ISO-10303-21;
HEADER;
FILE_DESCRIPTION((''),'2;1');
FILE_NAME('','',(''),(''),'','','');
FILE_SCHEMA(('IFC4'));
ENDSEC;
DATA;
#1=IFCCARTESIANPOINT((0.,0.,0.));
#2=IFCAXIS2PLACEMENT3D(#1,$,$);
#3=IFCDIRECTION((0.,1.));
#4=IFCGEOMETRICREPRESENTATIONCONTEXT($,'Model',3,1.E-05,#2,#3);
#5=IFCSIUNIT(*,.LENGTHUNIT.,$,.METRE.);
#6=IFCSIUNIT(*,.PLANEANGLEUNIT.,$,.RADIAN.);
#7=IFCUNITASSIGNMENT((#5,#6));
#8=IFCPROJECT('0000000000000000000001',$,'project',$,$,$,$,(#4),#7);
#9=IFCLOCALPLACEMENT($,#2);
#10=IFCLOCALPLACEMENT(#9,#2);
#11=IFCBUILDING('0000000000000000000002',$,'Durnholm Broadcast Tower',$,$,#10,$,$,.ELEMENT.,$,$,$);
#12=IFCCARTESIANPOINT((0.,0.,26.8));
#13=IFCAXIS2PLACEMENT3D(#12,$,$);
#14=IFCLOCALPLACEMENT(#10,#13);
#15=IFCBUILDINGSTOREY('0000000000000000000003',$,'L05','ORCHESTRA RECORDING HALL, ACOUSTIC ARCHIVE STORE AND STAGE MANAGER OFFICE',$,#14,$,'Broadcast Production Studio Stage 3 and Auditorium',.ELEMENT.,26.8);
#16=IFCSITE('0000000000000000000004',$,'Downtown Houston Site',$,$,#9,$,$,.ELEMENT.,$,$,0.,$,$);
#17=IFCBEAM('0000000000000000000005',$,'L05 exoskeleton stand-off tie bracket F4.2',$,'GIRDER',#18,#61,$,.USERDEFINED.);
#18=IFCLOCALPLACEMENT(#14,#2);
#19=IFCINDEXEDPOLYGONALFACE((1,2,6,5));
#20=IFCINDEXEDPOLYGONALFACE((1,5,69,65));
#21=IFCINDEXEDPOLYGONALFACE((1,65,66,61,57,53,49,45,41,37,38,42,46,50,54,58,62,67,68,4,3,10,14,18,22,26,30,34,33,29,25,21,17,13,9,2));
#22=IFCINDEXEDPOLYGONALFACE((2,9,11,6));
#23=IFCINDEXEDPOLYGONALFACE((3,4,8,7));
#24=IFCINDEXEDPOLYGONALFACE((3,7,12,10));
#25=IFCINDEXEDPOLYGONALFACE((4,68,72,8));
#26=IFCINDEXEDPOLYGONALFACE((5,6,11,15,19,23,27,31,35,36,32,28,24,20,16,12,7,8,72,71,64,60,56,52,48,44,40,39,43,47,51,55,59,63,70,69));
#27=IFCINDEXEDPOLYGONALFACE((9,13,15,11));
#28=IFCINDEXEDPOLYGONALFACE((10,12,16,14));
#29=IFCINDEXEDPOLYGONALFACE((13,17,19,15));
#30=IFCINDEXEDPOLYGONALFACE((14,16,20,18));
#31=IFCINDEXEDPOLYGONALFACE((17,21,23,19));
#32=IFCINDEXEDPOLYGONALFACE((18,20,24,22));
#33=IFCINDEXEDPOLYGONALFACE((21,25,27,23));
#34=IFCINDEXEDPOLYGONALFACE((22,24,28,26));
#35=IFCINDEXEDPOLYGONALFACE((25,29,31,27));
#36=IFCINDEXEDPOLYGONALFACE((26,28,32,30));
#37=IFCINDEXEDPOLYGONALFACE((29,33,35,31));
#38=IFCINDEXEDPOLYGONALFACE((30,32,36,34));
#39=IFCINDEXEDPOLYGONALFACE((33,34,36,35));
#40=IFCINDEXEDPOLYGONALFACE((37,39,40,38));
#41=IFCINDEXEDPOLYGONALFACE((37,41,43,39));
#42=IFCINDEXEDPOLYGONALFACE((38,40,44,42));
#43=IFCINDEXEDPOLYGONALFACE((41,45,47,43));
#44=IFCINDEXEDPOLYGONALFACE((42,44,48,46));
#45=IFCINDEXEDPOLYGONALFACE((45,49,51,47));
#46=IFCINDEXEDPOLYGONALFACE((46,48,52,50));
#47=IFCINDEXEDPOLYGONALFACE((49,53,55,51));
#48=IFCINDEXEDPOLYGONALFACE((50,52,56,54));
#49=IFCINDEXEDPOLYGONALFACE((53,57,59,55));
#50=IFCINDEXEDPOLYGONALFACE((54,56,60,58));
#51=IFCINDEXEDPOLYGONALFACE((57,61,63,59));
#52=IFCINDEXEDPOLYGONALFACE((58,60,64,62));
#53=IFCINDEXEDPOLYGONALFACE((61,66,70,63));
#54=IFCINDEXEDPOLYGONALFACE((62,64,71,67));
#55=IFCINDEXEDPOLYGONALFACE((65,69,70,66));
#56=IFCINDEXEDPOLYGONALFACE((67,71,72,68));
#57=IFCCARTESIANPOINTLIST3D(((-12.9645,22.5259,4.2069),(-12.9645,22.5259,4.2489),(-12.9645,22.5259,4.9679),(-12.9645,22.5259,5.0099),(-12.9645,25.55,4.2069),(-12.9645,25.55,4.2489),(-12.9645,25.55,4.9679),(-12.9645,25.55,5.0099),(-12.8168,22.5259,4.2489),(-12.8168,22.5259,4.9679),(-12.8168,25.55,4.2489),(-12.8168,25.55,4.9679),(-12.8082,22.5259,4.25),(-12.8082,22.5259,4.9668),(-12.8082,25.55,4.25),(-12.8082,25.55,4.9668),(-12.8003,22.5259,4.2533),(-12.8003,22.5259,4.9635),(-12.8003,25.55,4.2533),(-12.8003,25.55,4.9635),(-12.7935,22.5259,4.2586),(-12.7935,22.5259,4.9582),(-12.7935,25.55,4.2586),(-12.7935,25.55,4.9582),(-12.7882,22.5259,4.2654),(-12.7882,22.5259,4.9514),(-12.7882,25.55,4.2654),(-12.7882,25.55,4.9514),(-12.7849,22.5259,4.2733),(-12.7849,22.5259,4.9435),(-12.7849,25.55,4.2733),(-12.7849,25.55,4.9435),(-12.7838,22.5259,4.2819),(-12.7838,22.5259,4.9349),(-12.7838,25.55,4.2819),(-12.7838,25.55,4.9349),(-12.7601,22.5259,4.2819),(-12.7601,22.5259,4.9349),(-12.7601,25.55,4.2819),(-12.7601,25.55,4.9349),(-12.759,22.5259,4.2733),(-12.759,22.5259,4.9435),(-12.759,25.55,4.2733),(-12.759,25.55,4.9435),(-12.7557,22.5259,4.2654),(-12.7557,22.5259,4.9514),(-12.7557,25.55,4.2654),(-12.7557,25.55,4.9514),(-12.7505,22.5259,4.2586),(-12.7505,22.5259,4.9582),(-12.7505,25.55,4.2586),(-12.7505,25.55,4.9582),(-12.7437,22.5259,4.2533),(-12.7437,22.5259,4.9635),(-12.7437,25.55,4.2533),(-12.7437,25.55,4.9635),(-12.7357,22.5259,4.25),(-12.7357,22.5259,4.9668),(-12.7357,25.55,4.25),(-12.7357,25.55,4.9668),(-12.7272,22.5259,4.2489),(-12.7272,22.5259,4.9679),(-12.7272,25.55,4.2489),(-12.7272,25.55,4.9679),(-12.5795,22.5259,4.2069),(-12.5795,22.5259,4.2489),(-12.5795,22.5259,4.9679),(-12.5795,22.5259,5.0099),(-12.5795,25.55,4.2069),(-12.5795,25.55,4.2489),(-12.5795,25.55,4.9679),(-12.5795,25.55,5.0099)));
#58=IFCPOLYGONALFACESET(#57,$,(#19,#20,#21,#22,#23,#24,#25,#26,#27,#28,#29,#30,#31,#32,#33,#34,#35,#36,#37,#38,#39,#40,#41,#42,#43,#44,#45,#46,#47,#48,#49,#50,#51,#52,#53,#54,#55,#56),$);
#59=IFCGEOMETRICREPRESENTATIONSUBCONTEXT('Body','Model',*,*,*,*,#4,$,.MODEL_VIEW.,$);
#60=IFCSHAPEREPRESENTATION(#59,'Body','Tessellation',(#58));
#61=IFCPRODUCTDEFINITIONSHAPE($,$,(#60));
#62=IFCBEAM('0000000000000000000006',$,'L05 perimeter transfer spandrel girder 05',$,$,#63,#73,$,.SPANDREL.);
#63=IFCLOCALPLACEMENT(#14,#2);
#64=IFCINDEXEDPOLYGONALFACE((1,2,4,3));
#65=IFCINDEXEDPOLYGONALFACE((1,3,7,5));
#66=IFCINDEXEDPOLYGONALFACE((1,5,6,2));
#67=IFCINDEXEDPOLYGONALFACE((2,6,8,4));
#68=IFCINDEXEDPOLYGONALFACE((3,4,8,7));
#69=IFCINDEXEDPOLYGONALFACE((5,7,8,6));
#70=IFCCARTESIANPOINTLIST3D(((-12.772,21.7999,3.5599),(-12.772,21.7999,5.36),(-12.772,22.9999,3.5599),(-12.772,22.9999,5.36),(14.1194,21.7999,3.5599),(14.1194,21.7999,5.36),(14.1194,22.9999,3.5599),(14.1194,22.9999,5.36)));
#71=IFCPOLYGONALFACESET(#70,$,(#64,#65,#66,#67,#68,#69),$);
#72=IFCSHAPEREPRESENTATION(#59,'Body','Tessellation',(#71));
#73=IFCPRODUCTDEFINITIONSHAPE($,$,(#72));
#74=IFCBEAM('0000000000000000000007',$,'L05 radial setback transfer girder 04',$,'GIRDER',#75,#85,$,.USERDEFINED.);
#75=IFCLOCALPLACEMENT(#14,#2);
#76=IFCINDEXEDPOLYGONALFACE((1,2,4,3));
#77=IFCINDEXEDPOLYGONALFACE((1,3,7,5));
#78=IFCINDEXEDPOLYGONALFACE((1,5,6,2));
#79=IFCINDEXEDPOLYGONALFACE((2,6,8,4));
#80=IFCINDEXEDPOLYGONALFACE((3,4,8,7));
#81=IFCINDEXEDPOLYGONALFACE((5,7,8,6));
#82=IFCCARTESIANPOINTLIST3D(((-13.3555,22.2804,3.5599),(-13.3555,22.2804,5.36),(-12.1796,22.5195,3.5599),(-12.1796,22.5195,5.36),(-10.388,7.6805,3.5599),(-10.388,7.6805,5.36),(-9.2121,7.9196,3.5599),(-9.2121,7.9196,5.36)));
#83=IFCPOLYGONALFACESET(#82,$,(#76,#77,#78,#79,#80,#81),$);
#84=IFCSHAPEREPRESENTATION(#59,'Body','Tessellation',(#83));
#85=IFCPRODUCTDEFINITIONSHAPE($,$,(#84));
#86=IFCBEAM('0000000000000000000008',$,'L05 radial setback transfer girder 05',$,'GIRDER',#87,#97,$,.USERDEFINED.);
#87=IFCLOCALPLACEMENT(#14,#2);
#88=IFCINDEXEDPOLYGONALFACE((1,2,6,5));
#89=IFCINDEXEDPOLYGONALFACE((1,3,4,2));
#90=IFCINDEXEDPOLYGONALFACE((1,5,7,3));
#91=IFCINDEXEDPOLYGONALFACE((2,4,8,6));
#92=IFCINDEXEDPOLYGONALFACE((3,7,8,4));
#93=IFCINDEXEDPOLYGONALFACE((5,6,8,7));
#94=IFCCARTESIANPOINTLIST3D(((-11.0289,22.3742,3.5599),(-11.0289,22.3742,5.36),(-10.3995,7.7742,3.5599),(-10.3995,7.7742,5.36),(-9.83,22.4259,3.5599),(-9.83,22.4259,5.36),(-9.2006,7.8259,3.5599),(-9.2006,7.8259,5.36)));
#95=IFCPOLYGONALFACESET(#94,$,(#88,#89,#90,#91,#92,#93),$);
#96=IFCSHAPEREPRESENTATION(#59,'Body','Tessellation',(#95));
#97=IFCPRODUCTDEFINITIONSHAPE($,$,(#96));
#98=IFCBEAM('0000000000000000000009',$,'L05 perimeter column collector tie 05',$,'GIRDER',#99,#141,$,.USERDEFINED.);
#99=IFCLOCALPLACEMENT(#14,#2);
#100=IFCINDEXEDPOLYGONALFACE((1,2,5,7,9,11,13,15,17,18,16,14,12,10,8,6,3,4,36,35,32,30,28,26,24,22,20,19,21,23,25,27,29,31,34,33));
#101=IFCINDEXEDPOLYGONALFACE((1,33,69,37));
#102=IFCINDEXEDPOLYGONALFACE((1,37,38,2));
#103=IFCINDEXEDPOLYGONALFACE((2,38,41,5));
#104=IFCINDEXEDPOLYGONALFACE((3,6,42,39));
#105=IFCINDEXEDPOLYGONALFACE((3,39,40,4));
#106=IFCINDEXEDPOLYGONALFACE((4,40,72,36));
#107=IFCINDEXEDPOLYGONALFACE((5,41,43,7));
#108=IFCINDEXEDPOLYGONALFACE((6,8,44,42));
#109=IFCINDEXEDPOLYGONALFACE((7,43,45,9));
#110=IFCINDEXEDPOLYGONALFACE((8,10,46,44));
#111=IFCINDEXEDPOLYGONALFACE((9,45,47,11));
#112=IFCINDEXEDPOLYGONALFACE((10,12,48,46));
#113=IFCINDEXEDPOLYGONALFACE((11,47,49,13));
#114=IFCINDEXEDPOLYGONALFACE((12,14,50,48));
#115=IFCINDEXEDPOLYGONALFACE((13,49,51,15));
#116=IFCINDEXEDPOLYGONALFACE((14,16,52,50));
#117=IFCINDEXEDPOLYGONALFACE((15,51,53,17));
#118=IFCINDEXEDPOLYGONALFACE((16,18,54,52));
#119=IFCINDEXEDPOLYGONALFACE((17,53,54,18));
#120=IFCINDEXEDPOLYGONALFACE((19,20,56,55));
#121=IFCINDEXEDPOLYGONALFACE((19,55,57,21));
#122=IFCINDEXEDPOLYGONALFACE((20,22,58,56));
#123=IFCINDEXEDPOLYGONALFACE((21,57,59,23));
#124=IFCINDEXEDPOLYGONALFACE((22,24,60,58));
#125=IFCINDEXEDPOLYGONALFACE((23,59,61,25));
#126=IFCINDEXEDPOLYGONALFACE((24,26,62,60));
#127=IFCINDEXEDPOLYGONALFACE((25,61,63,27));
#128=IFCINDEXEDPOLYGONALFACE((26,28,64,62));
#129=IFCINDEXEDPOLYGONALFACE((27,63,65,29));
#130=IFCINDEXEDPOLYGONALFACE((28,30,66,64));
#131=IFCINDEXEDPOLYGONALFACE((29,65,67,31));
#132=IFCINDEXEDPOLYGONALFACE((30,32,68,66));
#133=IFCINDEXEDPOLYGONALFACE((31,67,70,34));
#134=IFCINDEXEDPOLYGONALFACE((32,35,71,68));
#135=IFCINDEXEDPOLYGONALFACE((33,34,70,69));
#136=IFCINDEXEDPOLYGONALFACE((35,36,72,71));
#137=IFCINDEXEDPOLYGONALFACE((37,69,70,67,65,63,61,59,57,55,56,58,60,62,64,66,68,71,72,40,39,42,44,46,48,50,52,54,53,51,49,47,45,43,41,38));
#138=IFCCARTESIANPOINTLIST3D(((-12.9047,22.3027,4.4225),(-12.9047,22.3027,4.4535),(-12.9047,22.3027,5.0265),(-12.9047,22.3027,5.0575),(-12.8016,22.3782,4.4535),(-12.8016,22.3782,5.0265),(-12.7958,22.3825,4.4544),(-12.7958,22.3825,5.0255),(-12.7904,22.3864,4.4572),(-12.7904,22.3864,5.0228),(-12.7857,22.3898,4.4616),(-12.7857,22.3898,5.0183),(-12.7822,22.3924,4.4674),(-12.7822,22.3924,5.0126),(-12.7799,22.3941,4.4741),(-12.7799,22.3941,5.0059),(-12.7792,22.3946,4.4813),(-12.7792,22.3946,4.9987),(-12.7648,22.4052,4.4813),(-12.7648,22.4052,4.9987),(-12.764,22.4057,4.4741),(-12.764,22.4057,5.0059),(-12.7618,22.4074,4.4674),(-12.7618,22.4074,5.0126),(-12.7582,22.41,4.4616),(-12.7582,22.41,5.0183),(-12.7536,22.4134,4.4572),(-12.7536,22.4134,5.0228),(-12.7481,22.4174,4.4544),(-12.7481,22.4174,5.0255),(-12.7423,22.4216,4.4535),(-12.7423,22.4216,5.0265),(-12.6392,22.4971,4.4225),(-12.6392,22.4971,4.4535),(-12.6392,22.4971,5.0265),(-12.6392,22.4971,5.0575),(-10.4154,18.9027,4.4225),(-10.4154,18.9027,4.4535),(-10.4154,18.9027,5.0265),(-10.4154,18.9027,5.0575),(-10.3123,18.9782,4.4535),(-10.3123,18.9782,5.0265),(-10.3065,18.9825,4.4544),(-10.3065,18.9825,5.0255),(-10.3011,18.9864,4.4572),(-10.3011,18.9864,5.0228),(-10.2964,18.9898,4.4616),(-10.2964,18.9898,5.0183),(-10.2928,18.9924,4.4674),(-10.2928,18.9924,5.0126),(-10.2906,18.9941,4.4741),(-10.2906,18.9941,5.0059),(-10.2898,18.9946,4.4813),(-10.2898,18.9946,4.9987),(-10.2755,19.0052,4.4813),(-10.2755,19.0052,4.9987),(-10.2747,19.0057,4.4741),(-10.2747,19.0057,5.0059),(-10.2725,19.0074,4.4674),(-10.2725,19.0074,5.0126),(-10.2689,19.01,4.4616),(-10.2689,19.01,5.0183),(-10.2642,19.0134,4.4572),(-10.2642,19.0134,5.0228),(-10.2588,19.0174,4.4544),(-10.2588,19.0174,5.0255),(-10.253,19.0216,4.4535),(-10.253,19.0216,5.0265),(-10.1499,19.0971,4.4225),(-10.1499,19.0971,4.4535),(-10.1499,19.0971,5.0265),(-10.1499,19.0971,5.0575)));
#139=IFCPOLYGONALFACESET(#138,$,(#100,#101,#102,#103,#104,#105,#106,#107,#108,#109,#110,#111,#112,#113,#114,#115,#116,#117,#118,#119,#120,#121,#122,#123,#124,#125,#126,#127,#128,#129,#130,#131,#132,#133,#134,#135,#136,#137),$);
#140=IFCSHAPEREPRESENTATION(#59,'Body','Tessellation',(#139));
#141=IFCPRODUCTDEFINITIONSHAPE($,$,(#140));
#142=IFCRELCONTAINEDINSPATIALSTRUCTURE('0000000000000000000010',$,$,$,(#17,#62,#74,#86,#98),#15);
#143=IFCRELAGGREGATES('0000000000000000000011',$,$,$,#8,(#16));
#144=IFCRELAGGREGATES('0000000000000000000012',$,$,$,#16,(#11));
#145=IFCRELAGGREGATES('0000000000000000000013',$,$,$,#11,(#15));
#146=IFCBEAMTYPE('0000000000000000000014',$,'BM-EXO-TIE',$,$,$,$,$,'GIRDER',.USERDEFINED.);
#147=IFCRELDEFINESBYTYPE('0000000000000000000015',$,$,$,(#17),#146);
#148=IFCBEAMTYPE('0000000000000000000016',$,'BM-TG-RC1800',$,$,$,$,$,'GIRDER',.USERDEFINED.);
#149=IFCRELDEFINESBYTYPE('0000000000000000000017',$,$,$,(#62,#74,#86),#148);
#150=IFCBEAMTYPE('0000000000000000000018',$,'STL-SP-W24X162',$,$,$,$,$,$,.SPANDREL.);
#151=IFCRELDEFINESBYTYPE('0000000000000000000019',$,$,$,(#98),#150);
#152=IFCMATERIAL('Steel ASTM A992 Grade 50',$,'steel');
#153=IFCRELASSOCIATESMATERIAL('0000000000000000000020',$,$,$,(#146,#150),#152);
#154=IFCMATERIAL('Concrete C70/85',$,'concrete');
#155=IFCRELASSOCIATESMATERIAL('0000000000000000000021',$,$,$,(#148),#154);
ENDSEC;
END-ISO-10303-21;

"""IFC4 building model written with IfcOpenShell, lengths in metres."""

from ifc_helpers import new_model, si_unit, direction, frame, origin, origin_2d, place, context, subcontext, project, spatial, rectangle, i_section, extrude, source, transform, mapped, material, material_profile, profile_set, type_object, type_shapes, element, save


model = new_model("IFC4")

# Units and contexts
model_context = context("Model", 3, precision=1e-05, world=origin(), true_north=direction((0.0, 1.0)))
body_context = subcontext(model_context, "Body", "Model", "MODEL_VIEW")
ifc_project = project(units=[si_unit("LENGTHUNIT", "METRE"), si_unit("PLANEANGLEUNIT", "RADIAN")], contexts=[model_context])

# Site, building, storey
site_placement = place(None, origin())
site = spatial("IfcSite", under=ifc_project, at=site_placement, Name="Downtown Houston Site", CompositionType="ELEMENT", RefElevation=0.0)
building_placement = place(site_placement, origin())
building = spatial("IfcBuilding", under=site, at=building_placement, Name="Durnholm Broadcast Tower", CompositionType="ELEMENT")
storey_placement = place(building_placement, frame((0.0, 0.0, 26.8)))
storey = spatial("IfcBuildingStorey", under=building, at=storey_placement, Name="L05", Description="ORCHESTRA RECORDING HALL, ACOUSTIC ARCHIVE STORE AND STAGE MANAGER OFFICE", LongName="Broadcast Production Studio Stage 3 and Auditorium", CompositionType="ELEMENT", Elevation=26.8)

# Shared definitions
ifc_material_1 = material(Name="Concrete C70/85", Category="concrete")

# Beams
ifc_material_2 = material(Name="Steel ASTM A992 Grade 50", Category="steel")
ifc_material_profile_1 = material_profile(ifc_material_2, i_section(OverallWidth=0.385, OverallDepth=0.803, WebThickness=0.0237, FlangeThickness=0.042, FilletRadius=0.033, at=origin_2d()), Name="W30X261")
ifc_profile_set_1 = profile_set([ifc_material_profile_1], Name="Steel ASTM A992 Grade 50")
beam_type_1 = type_object("IfcBeamType", Name="BM-EXO-TIE", ElementType="GIRDER", PredefinedType="USERDEFINED", material=ifc_profile_set_1)
shared_shape_1 = source(origin(), body_context, "Body", "SweptSolid", [
    extrude(i_section(OverallWidth=0.385, OverallDepth=0.803, WebThickness=0.0237, FlangeThickness=0.042, FilletRadius=0.033, at=origin_2d()), origin(), (0.0, 0.0, 1.0), 3.0242),
])
type_shapes(beam_type_1, [shared_shape_1])
beam_1_placement = place(storey_placement, frame((-12.772, 22.5259, 4.6084), z_axis=(0.0, 1.0, 0.0), x_axis=(-1.0, 0.0, 0.0)))
element("IfcBeam", 1, at=beam_1_placement, inside=storey, type_object=beam_type_1, Name="L05 exoskeleton stand-off tie bracket F4.2", ObjectType="GIRDER", PredefinedType="USERDEFINED", context=body_context, shape_type="MappedRepresentation", body=[
    mapped(shared_shape_1, transform((0.0, 0.0, 0.0), x_axis=(1.0, 0.0, 0.0), y_axis=(0.0, 1.0, 0.0), z_axis=(0.0, 0.0, 1.0), scale=1.0)),
])
ifc_material_profile_2 = material_profile(ifc_material_1, rectangle(XDim=1.2, YDim=1.8, at=origin_2d()), Name="RC1200X1800")
ifc_profile_set_2 = profile_set([ifc_material_profile_2], Name="Concrete C70/85")
beam_type_2 = type_object("IfcBeamType", Name="BM-TG-RC1800", ElementType="GIRDER", PredefinedType="USERDEFINED", material=ifc_profile_set_2)
shared_shape_2 = source(origin(), body_context, "Body", "SweptSolid", [
    extrude(rectangle(XDim=1.2, YDim=1.8, at=origin_2d()), origin(), (0.0, 0.0, 1.0), 26.8914),
])
beam_2_placement = place(storey_placement, frame((-12.772, 22.3999, 4.46), z_axis=(1.0, 0.0, 0.0), x_axis=(0.0, 1.0, 0.0)))
element("IfcBeam", 2, at=beam_2_placement, inside=storey, type_object=beam_type_2, Name="L05 perimeter transfer spandrel girder 05", PredefinedType="SPANDREL", context=body_context, shape_type="MappedRepresentation", body=[
    mapped(shared_shape_2, transform((0.0, 0.0, 0.0), x_axis=(1.0, 0.0, 0.0), y_axis=(0.0, 1.0, 0.0), z_axis=(0.0, 0.0, 1.0), scale=1.0)),
])
shared_shape_3 = source(origin(), body_context, "Body", "SweptSolid", [
    extrude(rectangle(XDim=1.2, YDim=1.8, at=origin_2d()), origin(), (0.0, 0.0, 1.0), 14.8984),
])
beam_3_placement = place(storey_placement, frame((-9.8, 7.8, 4.46), z_axis=(-0.199185, 0.979962, 0.0), x_axis=(-0.979962, -0.199185, 0.0)))
element("IfcBeam", 3, at=beam_3_placement, inside=storey, type_object=beam_type_2, Name="L05 radial setback transfer girder 04", ObjectType="GIRDER", PredefinedType="USERDEFINED", context=body_context, shape_type="MappedRepresentation", body=[
    mapped(shared_shape_3, transform((0.0, 0.0, 0.0), x_axis=(1.0, 0.0, 0.0), y_axis=(0.0, 1.0, 0.0), z_axis=(0.0, 0.0, 1.0), scale=1.0)),
])
shared_shape_4 = source(origin(), body_context, "Body", "SweptSolid", [
    extrude(rectangle(XDim=1.2, YDim=1.8, at=origin_2d()), origin(), (0.0, 0.0, 1.0), 14.6135),
])
type_shapes(beam_type_2, [shared_shape_2, shared_shape_3, shared_shape_4])
beam_4_placement = place(storey_placement, frame((-9.8, 7.8, 4.46), z_axis=(-0.04307, 0.999072, 0.0), x_axis=(-0.999072, -0.04307, 0.0)))
element("IfcBeam", 4, at=beam_4_placement, inside=storey, type_object=beam_type_2, Name="L05 radial setback transfer girder 05", ObjectType="GIRDER", PredefinedType="USERDEFINED", context=body_context, shape_type="MappedRepresentation", body=[
    mapped(shared_shape_4, transform((0.0, 0.0, 0.0), x_axis=(1.0, 0.0, 0.0), y_axis=(0.0, 1.0, 0.0), z_axis=(0.0, 0.0, 1.0), scale=1.0)),
])
ifc_material_profile_3 = material_profile(ifc_material_2, i_section(OverallWidth=0.3291, OverallDepth=0.635, WebThickness=0.0178, FlangeThickness=0.031, FilletRadius=0.0278, at=origin_2d()), Name="W24X162")
ifc_profile_set_3 = profile_set([ifc_material_profile_3], Name="Steel ASTM A992 Grade 50")
beam_type_3 = type_object("IfcBeamType", Name="STL-SP-W24X162", PredefinedType="SPANDREL", material=ifc_profile_set_3)
shared_shape_5 = source(origin(), body_context, "Body", "SweptSolid", [
    extrude(i_section(OverallWidth=0.3291, OverallDepth=0.635, WebThickness=0.0178, FlangeThickness=0.031, FilletRadius=0.0278, at=origin_2d()), origin(), (0.0, 0.0, 1.0), 4.2139),
])
type_shapes(beam_type_3, [shared_shape_5])
beam_5_placement = place(storey_placement, frame((-12.772, 22.3999, 4.74), z_axis=(0.590746, -0.806858, 0.0), x_axis=(0.806858, 0.590746, 0.0)))
element("IfcBeam", 5, at=beam_5_placement, inside=storey, type_object=beam_type_3, Name="L05 perimeter column collector tie 05", ObjectType="GIRDER", PredefinedType="USERDEFINED", context=body_context, shape_type="MappedRepresentation", body=[
    mapped(shared_shape_5, transform((0.0, 0.0, 0.0), x_axis=(1.0, 0.0, 0.0), y_axis=(0.0, 1.0, 0.0), z_axis=(0.0, 0.0, 1.0), scale=1.0)),
])

save(model, "model.ifc")
